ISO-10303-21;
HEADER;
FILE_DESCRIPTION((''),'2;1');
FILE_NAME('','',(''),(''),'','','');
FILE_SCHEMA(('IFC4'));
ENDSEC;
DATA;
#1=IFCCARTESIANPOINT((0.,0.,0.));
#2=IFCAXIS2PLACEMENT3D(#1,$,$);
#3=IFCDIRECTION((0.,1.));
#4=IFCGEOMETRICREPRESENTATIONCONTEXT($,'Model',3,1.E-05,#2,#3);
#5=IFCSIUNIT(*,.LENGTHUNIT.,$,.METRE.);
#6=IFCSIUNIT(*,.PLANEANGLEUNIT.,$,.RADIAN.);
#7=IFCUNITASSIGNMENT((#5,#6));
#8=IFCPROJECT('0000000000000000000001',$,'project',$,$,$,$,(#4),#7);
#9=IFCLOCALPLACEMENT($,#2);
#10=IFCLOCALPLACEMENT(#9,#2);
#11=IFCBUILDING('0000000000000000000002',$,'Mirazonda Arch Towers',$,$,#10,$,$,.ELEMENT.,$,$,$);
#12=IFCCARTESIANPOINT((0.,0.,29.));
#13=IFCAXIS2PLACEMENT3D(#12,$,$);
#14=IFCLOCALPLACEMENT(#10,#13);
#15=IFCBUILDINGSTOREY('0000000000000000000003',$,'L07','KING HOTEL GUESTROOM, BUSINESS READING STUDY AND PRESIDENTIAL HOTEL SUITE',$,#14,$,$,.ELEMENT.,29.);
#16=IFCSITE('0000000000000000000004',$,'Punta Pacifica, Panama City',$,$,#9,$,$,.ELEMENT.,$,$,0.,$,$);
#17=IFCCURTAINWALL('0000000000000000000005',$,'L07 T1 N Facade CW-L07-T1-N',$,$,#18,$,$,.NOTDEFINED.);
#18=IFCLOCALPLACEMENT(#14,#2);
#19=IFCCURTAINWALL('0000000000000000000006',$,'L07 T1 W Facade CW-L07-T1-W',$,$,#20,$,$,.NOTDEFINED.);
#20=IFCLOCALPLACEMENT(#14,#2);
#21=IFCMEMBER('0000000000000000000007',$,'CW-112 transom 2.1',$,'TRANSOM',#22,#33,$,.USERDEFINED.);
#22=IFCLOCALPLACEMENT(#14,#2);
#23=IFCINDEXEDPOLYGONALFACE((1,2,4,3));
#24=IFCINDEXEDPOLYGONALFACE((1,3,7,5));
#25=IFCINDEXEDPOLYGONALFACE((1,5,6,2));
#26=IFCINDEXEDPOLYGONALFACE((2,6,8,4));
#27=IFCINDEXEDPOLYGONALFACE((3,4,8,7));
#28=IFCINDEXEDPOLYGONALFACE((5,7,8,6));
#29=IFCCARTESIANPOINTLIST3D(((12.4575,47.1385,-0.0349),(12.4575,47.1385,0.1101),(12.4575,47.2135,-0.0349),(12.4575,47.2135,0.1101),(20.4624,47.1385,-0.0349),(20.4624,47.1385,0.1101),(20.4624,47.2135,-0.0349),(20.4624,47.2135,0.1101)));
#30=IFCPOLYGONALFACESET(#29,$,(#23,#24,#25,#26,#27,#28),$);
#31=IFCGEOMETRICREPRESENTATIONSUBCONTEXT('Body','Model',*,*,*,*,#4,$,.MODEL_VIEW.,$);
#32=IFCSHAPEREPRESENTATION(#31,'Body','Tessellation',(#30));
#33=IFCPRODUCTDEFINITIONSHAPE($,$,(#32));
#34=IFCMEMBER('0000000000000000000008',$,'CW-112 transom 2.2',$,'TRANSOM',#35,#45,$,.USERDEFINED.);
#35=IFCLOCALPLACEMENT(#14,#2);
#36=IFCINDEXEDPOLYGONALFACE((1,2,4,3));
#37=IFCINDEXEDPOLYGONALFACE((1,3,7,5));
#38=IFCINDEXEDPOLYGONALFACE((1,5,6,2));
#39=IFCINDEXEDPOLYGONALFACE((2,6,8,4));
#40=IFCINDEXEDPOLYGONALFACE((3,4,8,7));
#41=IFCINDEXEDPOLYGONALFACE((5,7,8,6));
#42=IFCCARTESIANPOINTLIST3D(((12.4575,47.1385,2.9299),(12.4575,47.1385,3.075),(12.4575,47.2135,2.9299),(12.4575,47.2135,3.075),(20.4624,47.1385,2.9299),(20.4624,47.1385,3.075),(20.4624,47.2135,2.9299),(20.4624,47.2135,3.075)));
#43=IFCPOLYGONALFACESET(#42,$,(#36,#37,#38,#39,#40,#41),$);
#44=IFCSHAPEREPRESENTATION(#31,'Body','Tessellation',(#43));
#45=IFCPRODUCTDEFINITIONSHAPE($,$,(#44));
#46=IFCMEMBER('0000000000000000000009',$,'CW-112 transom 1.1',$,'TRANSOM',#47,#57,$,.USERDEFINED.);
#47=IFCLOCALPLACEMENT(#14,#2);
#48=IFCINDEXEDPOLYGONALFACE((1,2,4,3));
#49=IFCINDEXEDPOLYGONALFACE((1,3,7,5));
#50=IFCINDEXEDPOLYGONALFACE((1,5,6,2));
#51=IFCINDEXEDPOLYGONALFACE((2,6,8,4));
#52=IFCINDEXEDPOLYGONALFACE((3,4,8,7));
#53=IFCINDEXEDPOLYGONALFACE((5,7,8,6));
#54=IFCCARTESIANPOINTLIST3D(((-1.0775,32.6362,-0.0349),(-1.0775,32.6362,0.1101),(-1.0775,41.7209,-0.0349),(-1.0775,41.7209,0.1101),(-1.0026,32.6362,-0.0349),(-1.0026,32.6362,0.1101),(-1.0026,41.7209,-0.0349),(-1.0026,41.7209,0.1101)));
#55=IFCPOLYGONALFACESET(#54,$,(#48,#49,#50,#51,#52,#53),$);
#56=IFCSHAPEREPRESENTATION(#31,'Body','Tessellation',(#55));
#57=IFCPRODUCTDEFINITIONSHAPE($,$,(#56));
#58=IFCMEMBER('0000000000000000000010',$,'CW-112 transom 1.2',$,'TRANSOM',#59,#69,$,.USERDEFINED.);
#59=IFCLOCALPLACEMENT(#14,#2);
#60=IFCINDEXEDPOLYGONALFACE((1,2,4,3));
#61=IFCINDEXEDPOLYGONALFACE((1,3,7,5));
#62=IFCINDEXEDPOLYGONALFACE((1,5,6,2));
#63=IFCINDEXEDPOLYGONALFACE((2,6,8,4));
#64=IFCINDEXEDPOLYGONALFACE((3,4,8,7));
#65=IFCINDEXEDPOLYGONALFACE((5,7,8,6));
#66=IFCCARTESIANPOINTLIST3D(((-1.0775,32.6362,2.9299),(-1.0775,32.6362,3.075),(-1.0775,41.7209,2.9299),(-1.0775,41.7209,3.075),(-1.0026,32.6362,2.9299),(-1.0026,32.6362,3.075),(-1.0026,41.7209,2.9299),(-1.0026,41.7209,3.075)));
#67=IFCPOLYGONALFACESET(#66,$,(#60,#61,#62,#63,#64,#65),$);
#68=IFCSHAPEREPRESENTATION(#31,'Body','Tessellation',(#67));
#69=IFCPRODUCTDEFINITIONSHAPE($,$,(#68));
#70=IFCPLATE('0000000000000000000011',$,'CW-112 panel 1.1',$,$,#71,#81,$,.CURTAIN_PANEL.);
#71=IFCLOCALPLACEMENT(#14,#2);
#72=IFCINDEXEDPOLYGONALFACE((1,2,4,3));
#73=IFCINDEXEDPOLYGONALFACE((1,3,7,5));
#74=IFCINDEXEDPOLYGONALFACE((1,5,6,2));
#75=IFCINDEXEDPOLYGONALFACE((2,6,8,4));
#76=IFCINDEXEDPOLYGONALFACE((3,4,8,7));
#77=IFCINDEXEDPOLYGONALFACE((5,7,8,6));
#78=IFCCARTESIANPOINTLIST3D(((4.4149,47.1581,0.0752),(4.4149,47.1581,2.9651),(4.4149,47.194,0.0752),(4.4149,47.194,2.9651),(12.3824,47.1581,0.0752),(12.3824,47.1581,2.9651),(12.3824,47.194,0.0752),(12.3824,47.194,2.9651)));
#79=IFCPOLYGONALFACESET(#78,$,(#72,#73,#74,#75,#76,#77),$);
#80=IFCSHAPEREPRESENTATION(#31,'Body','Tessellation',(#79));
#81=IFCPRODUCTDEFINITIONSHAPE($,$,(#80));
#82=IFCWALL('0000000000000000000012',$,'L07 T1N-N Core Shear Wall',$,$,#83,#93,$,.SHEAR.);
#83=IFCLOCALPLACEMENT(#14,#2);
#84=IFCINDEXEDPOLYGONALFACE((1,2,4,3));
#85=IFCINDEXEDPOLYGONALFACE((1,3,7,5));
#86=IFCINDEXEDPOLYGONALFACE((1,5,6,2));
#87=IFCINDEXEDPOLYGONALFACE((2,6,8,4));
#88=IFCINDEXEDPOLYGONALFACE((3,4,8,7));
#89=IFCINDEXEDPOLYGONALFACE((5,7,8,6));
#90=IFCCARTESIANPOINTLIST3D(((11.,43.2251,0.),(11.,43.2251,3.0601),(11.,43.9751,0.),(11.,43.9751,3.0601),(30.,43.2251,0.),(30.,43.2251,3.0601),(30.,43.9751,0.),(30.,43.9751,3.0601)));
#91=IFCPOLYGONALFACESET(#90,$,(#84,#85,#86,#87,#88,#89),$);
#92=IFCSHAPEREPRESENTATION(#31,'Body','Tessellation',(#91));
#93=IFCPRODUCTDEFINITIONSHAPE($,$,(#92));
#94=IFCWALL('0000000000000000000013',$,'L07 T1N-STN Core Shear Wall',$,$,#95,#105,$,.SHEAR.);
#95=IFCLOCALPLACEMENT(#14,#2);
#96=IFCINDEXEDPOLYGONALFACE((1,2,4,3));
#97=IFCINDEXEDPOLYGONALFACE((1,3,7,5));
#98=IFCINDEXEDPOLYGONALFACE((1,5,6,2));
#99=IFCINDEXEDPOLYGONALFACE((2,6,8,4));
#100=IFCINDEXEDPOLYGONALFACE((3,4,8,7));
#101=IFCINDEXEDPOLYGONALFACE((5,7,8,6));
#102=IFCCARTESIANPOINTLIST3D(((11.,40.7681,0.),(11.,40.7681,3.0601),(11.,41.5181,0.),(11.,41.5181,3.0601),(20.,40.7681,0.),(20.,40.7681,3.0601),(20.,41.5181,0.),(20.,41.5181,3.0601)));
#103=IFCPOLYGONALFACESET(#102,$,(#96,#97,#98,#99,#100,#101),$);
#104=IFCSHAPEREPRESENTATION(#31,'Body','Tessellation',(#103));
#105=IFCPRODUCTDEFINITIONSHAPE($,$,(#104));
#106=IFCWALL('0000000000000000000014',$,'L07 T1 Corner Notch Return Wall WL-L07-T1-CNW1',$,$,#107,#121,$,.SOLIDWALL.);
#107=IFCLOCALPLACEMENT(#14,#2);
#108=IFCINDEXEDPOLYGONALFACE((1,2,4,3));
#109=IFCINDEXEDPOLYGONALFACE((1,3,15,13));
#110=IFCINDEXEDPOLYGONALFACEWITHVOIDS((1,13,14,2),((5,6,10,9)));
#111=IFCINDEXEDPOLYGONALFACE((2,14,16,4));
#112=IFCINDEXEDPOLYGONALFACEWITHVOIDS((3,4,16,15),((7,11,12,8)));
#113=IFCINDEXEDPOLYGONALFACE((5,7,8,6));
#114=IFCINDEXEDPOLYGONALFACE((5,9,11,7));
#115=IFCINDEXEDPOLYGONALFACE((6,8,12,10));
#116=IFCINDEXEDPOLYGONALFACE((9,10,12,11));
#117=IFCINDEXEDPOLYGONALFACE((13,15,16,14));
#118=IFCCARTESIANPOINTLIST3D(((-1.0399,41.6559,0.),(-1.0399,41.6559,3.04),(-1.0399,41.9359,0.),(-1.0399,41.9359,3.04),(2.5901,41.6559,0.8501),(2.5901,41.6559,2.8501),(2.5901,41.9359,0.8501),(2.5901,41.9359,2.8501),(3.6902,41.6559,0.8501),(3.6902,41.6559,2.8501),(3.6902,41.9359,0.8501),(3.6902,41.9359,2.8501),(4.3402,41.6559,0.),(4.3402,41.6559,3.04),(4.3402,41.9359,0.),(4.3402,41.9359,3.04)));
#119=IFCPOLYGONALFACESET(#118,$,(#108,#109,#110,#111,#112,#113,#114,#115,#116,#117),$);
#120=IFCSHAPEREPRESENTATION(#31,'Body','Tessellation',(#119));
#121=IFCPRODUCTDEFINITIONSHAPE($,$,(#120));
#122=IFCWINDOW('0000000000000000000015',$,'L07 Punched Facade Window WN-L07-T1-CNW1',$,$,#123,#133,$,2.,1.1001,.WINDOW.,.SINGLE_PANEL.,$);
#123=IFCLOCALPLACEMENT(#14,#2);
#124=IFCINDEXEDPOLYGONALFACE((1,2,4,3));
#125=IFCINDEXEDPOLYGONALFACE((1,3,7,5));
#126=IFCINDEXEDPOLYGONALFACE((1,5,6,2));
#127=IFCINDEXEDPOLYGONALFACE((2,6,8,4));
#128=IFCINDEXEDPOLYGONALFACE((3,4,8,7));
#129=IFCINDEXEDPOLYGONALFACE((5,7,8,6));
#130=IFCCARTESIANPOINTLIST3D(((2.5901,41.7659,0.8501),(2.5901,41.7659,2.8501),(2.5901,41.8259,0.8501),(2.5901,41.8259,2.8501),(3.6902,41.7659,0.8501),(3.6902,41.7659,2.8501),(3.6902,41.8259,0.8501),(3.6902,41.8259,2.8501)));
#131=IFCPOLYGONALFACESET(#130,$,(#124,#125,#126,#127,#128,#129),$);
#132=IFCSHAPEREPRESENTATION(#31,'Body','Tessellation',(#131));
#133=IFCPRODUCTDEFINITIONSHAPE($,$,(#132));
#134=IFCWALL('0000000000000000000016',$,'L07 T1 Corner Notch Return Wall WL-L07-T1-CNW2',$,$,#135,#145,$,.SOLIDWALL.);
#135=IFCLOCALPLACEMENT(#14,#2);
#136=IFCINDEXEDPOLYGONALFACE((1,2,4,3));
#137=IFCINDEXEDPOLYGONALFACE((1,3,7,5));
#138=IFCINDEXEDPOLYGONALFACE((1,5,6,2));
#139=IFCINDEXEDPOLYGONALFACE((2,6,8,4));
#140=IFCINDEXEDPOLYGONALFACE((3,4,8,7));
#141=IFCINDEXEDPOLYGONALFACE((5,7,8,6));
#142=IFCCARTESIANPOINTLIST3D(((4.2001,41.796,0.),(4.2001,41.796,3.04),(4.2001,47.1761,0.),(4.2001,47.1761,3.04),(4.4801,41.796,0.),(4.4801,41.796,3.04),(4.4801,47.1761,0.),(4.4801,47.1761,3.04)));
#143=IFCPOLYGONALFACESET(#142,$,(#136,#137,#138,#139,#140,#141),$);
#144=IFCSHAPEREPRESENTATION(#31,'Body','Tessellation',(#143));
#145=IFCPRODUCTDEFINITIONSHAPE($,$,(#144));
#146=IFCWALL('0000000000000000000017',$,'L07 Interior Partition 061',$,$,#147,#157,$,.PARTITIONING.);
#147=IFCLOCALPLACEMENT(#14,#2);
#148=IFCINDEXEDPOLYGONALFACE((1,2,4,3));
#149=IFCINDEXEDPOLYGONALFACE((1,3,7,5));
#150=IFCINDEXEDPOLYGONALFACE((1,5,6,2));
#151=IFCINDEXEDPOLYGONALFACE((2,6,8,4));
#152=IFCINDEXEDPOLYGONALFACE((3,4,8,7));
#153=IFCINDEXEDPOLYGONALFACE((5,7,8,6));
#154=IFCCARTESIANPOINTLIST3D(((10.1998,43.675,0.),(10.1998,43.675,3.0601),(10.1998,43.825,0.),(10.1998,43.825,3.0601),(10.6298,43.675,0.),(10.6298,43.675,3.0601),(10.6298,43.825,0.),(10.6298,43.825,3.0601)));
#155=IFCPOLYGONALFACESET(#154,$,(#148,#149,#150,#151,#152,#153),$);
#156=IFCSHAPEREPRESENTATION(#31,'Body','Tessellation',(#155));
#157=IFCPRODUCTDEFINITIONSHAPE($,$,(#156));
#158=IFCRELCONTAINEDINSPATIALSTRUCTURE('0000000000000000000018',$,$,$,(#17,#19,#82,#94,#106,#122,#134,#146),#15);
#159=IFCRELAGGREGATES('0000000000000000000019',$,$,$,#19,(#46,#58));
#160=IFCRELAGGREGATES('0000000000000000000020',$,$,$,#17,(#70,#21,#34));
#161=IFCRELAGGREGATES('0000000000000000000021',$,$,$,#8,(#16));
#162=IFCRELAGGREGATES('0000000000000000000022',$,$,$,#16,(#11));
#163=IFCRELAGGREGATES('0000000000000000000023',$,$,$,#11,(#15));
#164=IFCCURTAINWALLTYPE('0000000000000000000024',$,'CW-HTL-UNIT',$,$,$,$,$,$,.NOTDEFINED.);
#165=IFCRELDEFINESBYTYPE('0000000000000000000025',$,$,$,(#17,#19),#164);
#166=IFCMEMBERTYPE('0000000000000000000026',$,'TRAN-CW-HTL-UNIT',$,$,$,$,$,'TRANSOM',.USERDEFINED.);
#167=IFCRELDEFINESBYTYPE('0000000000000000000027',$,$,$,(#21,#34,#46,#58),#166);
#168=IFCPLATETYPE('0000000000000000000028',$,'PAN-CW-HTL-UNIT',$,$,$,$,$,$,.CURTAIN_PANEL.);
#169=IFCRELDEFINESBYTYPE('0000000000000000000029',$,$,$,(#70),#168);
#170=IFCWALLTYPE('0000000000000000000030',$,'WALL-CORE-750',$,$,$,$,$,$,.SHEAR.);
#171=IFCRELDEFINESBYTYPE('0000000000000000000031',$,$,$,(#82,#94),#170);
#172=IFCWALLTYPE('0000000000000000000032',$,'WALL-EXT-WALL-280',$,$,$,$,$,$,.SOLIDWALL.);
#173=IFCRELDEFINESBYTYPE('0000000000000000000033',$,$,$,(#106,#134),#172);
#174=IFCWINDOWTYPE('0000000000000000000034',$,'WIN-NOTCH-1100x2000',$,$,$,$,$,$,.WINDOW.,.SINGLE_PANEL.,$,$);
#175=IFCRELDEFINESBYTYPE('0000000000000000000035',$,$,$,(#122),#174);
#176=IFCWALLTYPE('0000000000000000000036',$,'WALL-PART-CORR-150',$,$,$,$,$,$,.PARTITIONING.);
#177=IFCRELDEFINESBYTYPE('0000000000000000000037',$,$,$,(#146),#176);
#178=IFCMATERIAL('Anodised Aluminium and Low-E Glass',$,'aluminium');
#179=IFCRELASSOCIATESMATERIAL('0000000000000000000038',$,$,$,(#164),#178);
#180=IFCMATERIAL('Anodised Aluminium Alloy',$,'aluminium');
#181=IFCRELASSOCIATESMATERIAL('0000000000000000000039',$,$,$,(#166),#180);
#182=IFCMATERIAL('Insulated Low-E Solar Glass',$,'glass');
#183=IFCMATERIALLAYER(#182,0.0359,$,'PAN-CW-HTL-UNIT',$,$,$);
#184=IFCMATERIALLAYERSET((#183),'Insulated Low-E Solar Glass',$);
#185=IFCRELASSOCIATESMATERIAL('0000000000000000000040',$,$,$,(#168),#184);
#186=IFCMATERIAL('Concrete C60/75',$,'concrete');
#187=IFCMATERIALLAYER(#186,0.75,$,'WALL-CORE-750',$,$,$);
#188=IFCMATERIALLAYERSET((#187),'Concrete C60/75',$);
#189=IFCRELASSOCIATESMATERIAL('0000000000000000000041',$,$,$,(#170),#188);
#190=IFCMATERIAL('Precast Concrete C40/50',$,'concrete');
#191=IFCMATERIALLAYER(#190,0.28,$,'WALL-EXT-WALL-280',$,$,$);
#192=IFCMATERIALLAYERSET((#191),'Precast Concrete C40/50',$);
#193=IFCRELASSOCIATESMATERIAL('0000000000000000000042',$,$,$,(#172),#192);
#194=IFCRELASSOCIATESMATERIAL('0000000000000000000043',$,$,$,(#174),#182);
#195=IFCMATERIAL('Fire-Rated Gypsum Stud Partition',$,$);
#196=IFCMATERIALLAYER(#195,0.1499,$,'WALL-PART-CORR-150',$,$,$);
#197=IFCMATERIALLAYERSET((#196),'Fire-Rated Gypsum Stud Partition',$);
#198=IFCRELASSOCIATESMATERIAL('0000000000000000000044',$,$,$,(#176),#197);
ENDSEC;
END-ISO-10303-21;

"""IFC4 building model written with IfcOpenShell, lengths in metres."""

from ifc_helpers import new_model, si_unit, direction, frame, frame_2d, origin, origin_2d, place, context, subcontext, project, spatial, rectangle, extrude, material, layer, layer_set, material_profile, profile_set, type_object, element, fill, aggregate, save


model = new_model("IFC4")

# Units and contexts
model_context = context("Model", 3, precision=1e-05, world=origin(), true_north=direction((0.0, 1.0)))
body_context = subcontext(model_context, "Body", "Model", "MODEL_VIEW")
ifc_project = project(units=[si_unit("LENGTHUNIT", "METRE"), si_unit("PLANEANGLEUNIT", "RADIAN")], contexts=[model_context])

# Site, building, storey
site_placement = place(None, origin())
site = spatial("IfcSite", under=ifc_project, at=site_placement, Name="Punta Pacifica, Panama City", CompositionType="ELEMENT", RefElevation=0.0)
building_placement = place(site_placement, origin())
building = spatial("IfcBuilding", under=site, at=building_placement, Name="Mirazonda Arch Towers", CompositionType="ELEMENT")
storey_placement = place(building_placement, frame((0.0, 0.0, 29.0)))
storey = spatial("IfcBuildingStorey", under=building, at=storey_placement, Name="L07", Description="KING HOTEL GUESTROOM, BUSINESS READING STUDY AND PRESIDENTIAL HOTEL SUITE", CompositionType="ELEMENT", Elevation=29.0)

# Shared definitions
ifc_material_1 = material(Name="Concrete C60/75", Category="concrete")

# Curtain wall
ifc_material_2 = material(Name="Anodised Aluminium and Low-E Glass", Category="aluminium")
curtain_wall_type = type_object("IfcCurtainWallType", Name="CW-HTL-UNIT", PredefinedType="NOTDEFINED", material=ifc_material_2)
curtain_wall_1_placement = place(storey_placement, origin())
curtain_wall_1 = element("IfcCurtainWall", 1, at=curtain_wall_1_placement, inside=storey, type_object=curtain_wall_type, Name="L07 T1 N Facade CW-L07-T1-N", PredefinedType="NOTDEFINED")
ifc_material_3 = material(Name="Anodised Aluminium Alloy", Category="aluminium")

# Curtain wall
curtain_wall_2_placement = place(storey_placement, origin())
curtain_wall_2 = element("IfcCurtainWall", 2, at=curtain_wall_2_placement, inside=storey, type_object=curtain_wall_type, Name="L07 T1 W Facade CW-L07-T1-W", PredefinedType="NOTDEFINED")

# Members
ifc_material_profile_1 = material_profile(ifc_material_3, rectangle(XDim=0.075, YDim=0.145, at=origin_2d()), Name="ALU-TRAN-75x145")
ifc_profile_set_1 = profile_set([ifc_material_profile_1], Name="Anodised Aluminium Alloy")
member_type_1 = type_object("IfcMemberType", Name="TRAN-CW-HTL-UNIT", ElementType="TRANSOM", PredefinedType="USERDEFINED", material=ifc_profile_set_1)
member_1_placement = place(storey_placement, frame((12.4575, 47.176, 0.0376), z_axis=(1.0, 0.0, 0.0), x_axis=(0.0, 1.0, 0.0)))
member_1 = element("IfcMember", 3, at=member_1_placement, type_object=member_type_1, Name="CW-112 transom 2.1", ObjectType="TRANSOM", PredefinedType="USERDEFINED", context=body_context, shape_type="SweptSolid", body=[
    extrude(rectangle(XDim=0.075, YDim=0.145, at=origin_2d()), origin(), (0.0, 0.0, 1.0), 8.0049),
])
member_2_placement = place(storey_placement, frame((12.4575, 47.176, 3.0024), z_axis=(1.0, 0.0, 0.0), x_axis=(0.0, 1.0, 0.0)))
member_2 = element("IfcMember", 4, at=member_2_placement, type_object=member_type_1, Name="CW-112 transom 2.2", ObjectType="TRANSOM", PredefinedType="USERDEFINED", context=body_context, shape_type="SweptSolid", body=[
    extrude(rectangle(XDim=0.075, YDim=0.145, at=origin_2d()), origin(), (0.0, 0.0, 1.0), 8.0049),
])
member_3_placement = place(storey_placement, frame((-1.04, 41.7209, 0.0376), z_axis=(0.0, -1.0, 0.0), x_axis=(1.0, 0.0, 0.0)))
member_3 = element("IfcMember", 5, at=member_3_placement, type_object=member_type_1, Name="CW-112 transom 1.1", ObjectType="TRANSOM", PredefinedType="USERDEFINED", context=body_context, shape_type="SweptSolid", body=[
    extrude(rectangle(XDim=0.075, YDim=0.145, at=origin_2d()), origin(), (0.0, 0.0, 1.0), 9.0847),
])
member_4_placement = place(storey_placement, frame((-1.04, 41.7209, 3.0024), z_axis=(0.0, -1.0, 0.0), x_axis=(1.0, 0.0, 0.0)))
member_4 = element("IfcMember", 6, at=member_4_placement, type_object=member_type_1, Name="CW-112 transom 1.2", ObjectType="TRANSOM", PredefinedType="USERDEFINED", context=body_context, shape_type="SweptSolid", body=[
    extrude(rectangle(XDim=0.075, YDim=0.145, at=origin_2d()), origin(), (0.0, 0.0, 1.0), 9.0847),
])
aggregate(curtain_wall_2, [member_3, member_4])

# Plate
ifc_material_4 = material(Name="Insulated Low-E Solar Glass", Category="glass")
ifc_layer_1 = layer(ifc_material_4, 0.0359, Name="PAN-CW-HTL-UNIT")
ifc_layer_set_1 = layer_set([ifc_layer_1], Name="Insulated Low-E Solar Glass")
plate_type = type_object("IfcPlateType", Name="PAN-CW-HTL-UNIT", PredefinedType="CURTAIN_PANEL", material=ifc_layer_set_1)
plate_placement = place(storey_placement, frame((8.3987, 47.176, 0.0752), z_axis=(0.0, 0.0, 1.0), x_axis=(1.0, 0.0, 0.0)))
plate = element("IfcPlate", 7, at=plate_placement, type_object=plate_type, Name="CW-112 panel 1.1", PredefinedType="CURTAIN_PANEL", context=body_context, shape_type="SweptSolid", body=[
    extrude(rectangle(XDim=7.9675, YDim=0.0359, at=origin_2d()), origin(), (0.0, 0.0, 1.0), 2.8899),
])
aggregate(curtain_wall_1, [plate, member_1, member_2])

# Walls
ifc_layer_2 = layer(ifc_material_1, 0.75, Name="WALL-CORE-750")
ifc_layer_set_2 = layer_set([ifc_layer_2], Name="Concrete C60/75")
wall_type_1 = type_object("IfcWallType", Name="WALL-CORE-750", PredefinedType="SHEAR", material=ifc_layer_set_2)
wall_1_placement = place(storey_placement, frame((11.0, 43.6001, 0.0), z_axis=(0.0, 0.0, 1.0), x_axis=(1.0, 0.0, 0.0)))
element("IfcWall", 8, at=wall_1_placement, inside=storey, type_object=wall_type_1, Name="L07 T1N-N Core Shear Wall", PredefinedType="SHEAR", context=body_context, shape_type="SweptSolid", body=[
    extrude(rectangle(XDim=19.0, YDim=0.75, at=frame_2d((9.5, 0.0))), origin(), (0.0, 0.0, 1.0), 3.0601),
])
wall_2_placement = place(storey_placement, frame((11.0, 41.1431, 0.0), z_axis=(0.0, 0.0, 1.0), x_axis=(1.0, 0.0, 0.0)))
element("IfcWall", 9, at=wall_2_placement, inside=storey, type_object=wall_type_1, Name="L07 T1N-STN Core Shear Wall", PredefinedType="SHEAR", context=body_context, shape_type="SweptSolid", body=[
    extrude(rectangle(XDim=9.0, YDim=0.75, at=frame_2d((4.5, 0.0))), origin(), (0.0, 0.0, 1.0), 3.0601),
])

# Wall, opening, window
ifc_material_5 = material(Name="Precast Concrete C40/50", Category="concrete")
ifc_layer_3 = layer(ifc_material_5, 0.28, Name="WALL-EXT-WALL-280")
ifc_layer_set_3 = layer_set([ifc_layer_3], Name="Precast Concrete C40/50")
wall_type_2 = type_object("IfcWallType", Name="WALL-EXT-WALL-280", PredefinedType="SOLIDWALL", material=ifc_layer_set_3)
wall_3_placement = place(storey_placement, frame((4.3401, 41.7959, 0.0), z_axis=(0.0, 0.0, 1.0), x_axis=(-1.0, 0.0, 0.0)))
wall_3 = element("IfcWall", 10, at=wall_3_placement, inside=storey, type_object=wall_type_2, Name="L07 T1 Corner Notch Return Wall WL-L07-T1-CNW1", PredefinedType="SOLIDWALL", context=body_context, shape_type="SweptSolid", body=[
    extrude(rectangle(XDim=5.3801, YDim=0.28, at=frame_2d((2.6899, 0.0))), origin(), (0.0, 0.0, 1.0), 3.04),
])
opening_1_placement = place(wall_3_placement, frame((0.6499, 0.0, 0.8501)))
opening_1 = element("IfcOpeningElement", 11, at=opening_1_placement, cuts=wall_3, PredefinedType="OPENING", context=body_context, shape_type="SweptSolid", body=[
    extrude(rectangle(XDim=1.1001, YDim=2.0, at=frame_2d((0.55, 1.0))), frame((0.0, 0.1499, 0.0), z_axis=(0.0, -1.0, 0.0), x_axis=(1.0, 0.0, 0.0)), (0.0, 0.0, 1.0), 0.3),
])
window_type = type_object("IfcWindowType", Name="WIN-NOTCH-1100x2000", PartitioningType="SINGLE_PANEL", PredefinedType="WINDOW", material=ifc_material_4)
window_placement = place(opening_1_placement, origin())
window = element("IfcWindow", 12, at=window_placement, inside=storey, type_object=window_type, Name="L07 Punched Facade Window WN-L07-T1-CNW1", OverallHeight=2.0, OverallWidth=1.1001, PartitioningType="SINGLE_PANEL", PredefinedType="WINDOW", context=body_context, shape_type="SweptSolid", body=[
    extrude(rectangle(XDim=1.1001, YDim=2.0, at=frame_2d((0.55, 1.0))), frame((0.0, 0.03, 0.0), z_axis=(0.0, -1.0, 0.0), x_axis=(1.0, 0.0, 0.0)), (0.0, 0.0, 1.0), 0.0601),
])
fill(opening_1, window)

# Walls
wall_4_placement = place(storey_placement, frame((4.3401, 47.176, 0.0), z_axis=(0.0, 0.0, 1.0), x_axis=(0.0, -1.0, 0.0)))
element("IfcWall", 13, at=wall_4_placement, inside=storey, type_object=wall_type_2, Name="L07 T1 Corner Notch Return Wall WL-L07-T1-CNW2", PredefinedType="SOLIDWALL", context=body_context, shape_type="SweptSolid", body=[
    extrude(rectangle(XDim=5.3801, YDim=0.28, at=frame_2d((2.6899, 0.0))), origin(), (0.0, 0.0, 1.0), 3.04),
])
ifc_material_6 = material(Name="Fire-Rated Gypsum Stud Partition")
ifc_layer_4 = layer(ifc_material_6, 0.1499, Name="WALL-PART-CORR-150")
ifc_layer_set_4 = layer_set([ifc_layer_4], Name="Fire-Rated Gypsum Stud Partition")
wall_type_3 = type_object("IfcWallType", Name="WALL-PART-CORR-150", PredefinedType="PARTITIONING", material=ifc_layer_set_4)
wall_5_placement = place(storey_placement, frame((10.2, 43.75, 0.0), z_axis=(0.0, 0.0, 1.0), x_axis=(1.0, 0.0, 0.0)))
element("IfcWall", 14, at=wall_5_placement, inside=storey, type_object=wall_type_3, Name="L07 Interior Partition 061", PredefinedType="PARTITIONING", context=body_context, shape_type="SweptSolid", body=[
    extrude(rectangle(XDim=0.4299, YDim=0.1499, at=frame_2d((0.2148, 0.0))), origin(), (0.0, 0.0, 1.0), 3.0601),
])

save(model, "model.ifc")
